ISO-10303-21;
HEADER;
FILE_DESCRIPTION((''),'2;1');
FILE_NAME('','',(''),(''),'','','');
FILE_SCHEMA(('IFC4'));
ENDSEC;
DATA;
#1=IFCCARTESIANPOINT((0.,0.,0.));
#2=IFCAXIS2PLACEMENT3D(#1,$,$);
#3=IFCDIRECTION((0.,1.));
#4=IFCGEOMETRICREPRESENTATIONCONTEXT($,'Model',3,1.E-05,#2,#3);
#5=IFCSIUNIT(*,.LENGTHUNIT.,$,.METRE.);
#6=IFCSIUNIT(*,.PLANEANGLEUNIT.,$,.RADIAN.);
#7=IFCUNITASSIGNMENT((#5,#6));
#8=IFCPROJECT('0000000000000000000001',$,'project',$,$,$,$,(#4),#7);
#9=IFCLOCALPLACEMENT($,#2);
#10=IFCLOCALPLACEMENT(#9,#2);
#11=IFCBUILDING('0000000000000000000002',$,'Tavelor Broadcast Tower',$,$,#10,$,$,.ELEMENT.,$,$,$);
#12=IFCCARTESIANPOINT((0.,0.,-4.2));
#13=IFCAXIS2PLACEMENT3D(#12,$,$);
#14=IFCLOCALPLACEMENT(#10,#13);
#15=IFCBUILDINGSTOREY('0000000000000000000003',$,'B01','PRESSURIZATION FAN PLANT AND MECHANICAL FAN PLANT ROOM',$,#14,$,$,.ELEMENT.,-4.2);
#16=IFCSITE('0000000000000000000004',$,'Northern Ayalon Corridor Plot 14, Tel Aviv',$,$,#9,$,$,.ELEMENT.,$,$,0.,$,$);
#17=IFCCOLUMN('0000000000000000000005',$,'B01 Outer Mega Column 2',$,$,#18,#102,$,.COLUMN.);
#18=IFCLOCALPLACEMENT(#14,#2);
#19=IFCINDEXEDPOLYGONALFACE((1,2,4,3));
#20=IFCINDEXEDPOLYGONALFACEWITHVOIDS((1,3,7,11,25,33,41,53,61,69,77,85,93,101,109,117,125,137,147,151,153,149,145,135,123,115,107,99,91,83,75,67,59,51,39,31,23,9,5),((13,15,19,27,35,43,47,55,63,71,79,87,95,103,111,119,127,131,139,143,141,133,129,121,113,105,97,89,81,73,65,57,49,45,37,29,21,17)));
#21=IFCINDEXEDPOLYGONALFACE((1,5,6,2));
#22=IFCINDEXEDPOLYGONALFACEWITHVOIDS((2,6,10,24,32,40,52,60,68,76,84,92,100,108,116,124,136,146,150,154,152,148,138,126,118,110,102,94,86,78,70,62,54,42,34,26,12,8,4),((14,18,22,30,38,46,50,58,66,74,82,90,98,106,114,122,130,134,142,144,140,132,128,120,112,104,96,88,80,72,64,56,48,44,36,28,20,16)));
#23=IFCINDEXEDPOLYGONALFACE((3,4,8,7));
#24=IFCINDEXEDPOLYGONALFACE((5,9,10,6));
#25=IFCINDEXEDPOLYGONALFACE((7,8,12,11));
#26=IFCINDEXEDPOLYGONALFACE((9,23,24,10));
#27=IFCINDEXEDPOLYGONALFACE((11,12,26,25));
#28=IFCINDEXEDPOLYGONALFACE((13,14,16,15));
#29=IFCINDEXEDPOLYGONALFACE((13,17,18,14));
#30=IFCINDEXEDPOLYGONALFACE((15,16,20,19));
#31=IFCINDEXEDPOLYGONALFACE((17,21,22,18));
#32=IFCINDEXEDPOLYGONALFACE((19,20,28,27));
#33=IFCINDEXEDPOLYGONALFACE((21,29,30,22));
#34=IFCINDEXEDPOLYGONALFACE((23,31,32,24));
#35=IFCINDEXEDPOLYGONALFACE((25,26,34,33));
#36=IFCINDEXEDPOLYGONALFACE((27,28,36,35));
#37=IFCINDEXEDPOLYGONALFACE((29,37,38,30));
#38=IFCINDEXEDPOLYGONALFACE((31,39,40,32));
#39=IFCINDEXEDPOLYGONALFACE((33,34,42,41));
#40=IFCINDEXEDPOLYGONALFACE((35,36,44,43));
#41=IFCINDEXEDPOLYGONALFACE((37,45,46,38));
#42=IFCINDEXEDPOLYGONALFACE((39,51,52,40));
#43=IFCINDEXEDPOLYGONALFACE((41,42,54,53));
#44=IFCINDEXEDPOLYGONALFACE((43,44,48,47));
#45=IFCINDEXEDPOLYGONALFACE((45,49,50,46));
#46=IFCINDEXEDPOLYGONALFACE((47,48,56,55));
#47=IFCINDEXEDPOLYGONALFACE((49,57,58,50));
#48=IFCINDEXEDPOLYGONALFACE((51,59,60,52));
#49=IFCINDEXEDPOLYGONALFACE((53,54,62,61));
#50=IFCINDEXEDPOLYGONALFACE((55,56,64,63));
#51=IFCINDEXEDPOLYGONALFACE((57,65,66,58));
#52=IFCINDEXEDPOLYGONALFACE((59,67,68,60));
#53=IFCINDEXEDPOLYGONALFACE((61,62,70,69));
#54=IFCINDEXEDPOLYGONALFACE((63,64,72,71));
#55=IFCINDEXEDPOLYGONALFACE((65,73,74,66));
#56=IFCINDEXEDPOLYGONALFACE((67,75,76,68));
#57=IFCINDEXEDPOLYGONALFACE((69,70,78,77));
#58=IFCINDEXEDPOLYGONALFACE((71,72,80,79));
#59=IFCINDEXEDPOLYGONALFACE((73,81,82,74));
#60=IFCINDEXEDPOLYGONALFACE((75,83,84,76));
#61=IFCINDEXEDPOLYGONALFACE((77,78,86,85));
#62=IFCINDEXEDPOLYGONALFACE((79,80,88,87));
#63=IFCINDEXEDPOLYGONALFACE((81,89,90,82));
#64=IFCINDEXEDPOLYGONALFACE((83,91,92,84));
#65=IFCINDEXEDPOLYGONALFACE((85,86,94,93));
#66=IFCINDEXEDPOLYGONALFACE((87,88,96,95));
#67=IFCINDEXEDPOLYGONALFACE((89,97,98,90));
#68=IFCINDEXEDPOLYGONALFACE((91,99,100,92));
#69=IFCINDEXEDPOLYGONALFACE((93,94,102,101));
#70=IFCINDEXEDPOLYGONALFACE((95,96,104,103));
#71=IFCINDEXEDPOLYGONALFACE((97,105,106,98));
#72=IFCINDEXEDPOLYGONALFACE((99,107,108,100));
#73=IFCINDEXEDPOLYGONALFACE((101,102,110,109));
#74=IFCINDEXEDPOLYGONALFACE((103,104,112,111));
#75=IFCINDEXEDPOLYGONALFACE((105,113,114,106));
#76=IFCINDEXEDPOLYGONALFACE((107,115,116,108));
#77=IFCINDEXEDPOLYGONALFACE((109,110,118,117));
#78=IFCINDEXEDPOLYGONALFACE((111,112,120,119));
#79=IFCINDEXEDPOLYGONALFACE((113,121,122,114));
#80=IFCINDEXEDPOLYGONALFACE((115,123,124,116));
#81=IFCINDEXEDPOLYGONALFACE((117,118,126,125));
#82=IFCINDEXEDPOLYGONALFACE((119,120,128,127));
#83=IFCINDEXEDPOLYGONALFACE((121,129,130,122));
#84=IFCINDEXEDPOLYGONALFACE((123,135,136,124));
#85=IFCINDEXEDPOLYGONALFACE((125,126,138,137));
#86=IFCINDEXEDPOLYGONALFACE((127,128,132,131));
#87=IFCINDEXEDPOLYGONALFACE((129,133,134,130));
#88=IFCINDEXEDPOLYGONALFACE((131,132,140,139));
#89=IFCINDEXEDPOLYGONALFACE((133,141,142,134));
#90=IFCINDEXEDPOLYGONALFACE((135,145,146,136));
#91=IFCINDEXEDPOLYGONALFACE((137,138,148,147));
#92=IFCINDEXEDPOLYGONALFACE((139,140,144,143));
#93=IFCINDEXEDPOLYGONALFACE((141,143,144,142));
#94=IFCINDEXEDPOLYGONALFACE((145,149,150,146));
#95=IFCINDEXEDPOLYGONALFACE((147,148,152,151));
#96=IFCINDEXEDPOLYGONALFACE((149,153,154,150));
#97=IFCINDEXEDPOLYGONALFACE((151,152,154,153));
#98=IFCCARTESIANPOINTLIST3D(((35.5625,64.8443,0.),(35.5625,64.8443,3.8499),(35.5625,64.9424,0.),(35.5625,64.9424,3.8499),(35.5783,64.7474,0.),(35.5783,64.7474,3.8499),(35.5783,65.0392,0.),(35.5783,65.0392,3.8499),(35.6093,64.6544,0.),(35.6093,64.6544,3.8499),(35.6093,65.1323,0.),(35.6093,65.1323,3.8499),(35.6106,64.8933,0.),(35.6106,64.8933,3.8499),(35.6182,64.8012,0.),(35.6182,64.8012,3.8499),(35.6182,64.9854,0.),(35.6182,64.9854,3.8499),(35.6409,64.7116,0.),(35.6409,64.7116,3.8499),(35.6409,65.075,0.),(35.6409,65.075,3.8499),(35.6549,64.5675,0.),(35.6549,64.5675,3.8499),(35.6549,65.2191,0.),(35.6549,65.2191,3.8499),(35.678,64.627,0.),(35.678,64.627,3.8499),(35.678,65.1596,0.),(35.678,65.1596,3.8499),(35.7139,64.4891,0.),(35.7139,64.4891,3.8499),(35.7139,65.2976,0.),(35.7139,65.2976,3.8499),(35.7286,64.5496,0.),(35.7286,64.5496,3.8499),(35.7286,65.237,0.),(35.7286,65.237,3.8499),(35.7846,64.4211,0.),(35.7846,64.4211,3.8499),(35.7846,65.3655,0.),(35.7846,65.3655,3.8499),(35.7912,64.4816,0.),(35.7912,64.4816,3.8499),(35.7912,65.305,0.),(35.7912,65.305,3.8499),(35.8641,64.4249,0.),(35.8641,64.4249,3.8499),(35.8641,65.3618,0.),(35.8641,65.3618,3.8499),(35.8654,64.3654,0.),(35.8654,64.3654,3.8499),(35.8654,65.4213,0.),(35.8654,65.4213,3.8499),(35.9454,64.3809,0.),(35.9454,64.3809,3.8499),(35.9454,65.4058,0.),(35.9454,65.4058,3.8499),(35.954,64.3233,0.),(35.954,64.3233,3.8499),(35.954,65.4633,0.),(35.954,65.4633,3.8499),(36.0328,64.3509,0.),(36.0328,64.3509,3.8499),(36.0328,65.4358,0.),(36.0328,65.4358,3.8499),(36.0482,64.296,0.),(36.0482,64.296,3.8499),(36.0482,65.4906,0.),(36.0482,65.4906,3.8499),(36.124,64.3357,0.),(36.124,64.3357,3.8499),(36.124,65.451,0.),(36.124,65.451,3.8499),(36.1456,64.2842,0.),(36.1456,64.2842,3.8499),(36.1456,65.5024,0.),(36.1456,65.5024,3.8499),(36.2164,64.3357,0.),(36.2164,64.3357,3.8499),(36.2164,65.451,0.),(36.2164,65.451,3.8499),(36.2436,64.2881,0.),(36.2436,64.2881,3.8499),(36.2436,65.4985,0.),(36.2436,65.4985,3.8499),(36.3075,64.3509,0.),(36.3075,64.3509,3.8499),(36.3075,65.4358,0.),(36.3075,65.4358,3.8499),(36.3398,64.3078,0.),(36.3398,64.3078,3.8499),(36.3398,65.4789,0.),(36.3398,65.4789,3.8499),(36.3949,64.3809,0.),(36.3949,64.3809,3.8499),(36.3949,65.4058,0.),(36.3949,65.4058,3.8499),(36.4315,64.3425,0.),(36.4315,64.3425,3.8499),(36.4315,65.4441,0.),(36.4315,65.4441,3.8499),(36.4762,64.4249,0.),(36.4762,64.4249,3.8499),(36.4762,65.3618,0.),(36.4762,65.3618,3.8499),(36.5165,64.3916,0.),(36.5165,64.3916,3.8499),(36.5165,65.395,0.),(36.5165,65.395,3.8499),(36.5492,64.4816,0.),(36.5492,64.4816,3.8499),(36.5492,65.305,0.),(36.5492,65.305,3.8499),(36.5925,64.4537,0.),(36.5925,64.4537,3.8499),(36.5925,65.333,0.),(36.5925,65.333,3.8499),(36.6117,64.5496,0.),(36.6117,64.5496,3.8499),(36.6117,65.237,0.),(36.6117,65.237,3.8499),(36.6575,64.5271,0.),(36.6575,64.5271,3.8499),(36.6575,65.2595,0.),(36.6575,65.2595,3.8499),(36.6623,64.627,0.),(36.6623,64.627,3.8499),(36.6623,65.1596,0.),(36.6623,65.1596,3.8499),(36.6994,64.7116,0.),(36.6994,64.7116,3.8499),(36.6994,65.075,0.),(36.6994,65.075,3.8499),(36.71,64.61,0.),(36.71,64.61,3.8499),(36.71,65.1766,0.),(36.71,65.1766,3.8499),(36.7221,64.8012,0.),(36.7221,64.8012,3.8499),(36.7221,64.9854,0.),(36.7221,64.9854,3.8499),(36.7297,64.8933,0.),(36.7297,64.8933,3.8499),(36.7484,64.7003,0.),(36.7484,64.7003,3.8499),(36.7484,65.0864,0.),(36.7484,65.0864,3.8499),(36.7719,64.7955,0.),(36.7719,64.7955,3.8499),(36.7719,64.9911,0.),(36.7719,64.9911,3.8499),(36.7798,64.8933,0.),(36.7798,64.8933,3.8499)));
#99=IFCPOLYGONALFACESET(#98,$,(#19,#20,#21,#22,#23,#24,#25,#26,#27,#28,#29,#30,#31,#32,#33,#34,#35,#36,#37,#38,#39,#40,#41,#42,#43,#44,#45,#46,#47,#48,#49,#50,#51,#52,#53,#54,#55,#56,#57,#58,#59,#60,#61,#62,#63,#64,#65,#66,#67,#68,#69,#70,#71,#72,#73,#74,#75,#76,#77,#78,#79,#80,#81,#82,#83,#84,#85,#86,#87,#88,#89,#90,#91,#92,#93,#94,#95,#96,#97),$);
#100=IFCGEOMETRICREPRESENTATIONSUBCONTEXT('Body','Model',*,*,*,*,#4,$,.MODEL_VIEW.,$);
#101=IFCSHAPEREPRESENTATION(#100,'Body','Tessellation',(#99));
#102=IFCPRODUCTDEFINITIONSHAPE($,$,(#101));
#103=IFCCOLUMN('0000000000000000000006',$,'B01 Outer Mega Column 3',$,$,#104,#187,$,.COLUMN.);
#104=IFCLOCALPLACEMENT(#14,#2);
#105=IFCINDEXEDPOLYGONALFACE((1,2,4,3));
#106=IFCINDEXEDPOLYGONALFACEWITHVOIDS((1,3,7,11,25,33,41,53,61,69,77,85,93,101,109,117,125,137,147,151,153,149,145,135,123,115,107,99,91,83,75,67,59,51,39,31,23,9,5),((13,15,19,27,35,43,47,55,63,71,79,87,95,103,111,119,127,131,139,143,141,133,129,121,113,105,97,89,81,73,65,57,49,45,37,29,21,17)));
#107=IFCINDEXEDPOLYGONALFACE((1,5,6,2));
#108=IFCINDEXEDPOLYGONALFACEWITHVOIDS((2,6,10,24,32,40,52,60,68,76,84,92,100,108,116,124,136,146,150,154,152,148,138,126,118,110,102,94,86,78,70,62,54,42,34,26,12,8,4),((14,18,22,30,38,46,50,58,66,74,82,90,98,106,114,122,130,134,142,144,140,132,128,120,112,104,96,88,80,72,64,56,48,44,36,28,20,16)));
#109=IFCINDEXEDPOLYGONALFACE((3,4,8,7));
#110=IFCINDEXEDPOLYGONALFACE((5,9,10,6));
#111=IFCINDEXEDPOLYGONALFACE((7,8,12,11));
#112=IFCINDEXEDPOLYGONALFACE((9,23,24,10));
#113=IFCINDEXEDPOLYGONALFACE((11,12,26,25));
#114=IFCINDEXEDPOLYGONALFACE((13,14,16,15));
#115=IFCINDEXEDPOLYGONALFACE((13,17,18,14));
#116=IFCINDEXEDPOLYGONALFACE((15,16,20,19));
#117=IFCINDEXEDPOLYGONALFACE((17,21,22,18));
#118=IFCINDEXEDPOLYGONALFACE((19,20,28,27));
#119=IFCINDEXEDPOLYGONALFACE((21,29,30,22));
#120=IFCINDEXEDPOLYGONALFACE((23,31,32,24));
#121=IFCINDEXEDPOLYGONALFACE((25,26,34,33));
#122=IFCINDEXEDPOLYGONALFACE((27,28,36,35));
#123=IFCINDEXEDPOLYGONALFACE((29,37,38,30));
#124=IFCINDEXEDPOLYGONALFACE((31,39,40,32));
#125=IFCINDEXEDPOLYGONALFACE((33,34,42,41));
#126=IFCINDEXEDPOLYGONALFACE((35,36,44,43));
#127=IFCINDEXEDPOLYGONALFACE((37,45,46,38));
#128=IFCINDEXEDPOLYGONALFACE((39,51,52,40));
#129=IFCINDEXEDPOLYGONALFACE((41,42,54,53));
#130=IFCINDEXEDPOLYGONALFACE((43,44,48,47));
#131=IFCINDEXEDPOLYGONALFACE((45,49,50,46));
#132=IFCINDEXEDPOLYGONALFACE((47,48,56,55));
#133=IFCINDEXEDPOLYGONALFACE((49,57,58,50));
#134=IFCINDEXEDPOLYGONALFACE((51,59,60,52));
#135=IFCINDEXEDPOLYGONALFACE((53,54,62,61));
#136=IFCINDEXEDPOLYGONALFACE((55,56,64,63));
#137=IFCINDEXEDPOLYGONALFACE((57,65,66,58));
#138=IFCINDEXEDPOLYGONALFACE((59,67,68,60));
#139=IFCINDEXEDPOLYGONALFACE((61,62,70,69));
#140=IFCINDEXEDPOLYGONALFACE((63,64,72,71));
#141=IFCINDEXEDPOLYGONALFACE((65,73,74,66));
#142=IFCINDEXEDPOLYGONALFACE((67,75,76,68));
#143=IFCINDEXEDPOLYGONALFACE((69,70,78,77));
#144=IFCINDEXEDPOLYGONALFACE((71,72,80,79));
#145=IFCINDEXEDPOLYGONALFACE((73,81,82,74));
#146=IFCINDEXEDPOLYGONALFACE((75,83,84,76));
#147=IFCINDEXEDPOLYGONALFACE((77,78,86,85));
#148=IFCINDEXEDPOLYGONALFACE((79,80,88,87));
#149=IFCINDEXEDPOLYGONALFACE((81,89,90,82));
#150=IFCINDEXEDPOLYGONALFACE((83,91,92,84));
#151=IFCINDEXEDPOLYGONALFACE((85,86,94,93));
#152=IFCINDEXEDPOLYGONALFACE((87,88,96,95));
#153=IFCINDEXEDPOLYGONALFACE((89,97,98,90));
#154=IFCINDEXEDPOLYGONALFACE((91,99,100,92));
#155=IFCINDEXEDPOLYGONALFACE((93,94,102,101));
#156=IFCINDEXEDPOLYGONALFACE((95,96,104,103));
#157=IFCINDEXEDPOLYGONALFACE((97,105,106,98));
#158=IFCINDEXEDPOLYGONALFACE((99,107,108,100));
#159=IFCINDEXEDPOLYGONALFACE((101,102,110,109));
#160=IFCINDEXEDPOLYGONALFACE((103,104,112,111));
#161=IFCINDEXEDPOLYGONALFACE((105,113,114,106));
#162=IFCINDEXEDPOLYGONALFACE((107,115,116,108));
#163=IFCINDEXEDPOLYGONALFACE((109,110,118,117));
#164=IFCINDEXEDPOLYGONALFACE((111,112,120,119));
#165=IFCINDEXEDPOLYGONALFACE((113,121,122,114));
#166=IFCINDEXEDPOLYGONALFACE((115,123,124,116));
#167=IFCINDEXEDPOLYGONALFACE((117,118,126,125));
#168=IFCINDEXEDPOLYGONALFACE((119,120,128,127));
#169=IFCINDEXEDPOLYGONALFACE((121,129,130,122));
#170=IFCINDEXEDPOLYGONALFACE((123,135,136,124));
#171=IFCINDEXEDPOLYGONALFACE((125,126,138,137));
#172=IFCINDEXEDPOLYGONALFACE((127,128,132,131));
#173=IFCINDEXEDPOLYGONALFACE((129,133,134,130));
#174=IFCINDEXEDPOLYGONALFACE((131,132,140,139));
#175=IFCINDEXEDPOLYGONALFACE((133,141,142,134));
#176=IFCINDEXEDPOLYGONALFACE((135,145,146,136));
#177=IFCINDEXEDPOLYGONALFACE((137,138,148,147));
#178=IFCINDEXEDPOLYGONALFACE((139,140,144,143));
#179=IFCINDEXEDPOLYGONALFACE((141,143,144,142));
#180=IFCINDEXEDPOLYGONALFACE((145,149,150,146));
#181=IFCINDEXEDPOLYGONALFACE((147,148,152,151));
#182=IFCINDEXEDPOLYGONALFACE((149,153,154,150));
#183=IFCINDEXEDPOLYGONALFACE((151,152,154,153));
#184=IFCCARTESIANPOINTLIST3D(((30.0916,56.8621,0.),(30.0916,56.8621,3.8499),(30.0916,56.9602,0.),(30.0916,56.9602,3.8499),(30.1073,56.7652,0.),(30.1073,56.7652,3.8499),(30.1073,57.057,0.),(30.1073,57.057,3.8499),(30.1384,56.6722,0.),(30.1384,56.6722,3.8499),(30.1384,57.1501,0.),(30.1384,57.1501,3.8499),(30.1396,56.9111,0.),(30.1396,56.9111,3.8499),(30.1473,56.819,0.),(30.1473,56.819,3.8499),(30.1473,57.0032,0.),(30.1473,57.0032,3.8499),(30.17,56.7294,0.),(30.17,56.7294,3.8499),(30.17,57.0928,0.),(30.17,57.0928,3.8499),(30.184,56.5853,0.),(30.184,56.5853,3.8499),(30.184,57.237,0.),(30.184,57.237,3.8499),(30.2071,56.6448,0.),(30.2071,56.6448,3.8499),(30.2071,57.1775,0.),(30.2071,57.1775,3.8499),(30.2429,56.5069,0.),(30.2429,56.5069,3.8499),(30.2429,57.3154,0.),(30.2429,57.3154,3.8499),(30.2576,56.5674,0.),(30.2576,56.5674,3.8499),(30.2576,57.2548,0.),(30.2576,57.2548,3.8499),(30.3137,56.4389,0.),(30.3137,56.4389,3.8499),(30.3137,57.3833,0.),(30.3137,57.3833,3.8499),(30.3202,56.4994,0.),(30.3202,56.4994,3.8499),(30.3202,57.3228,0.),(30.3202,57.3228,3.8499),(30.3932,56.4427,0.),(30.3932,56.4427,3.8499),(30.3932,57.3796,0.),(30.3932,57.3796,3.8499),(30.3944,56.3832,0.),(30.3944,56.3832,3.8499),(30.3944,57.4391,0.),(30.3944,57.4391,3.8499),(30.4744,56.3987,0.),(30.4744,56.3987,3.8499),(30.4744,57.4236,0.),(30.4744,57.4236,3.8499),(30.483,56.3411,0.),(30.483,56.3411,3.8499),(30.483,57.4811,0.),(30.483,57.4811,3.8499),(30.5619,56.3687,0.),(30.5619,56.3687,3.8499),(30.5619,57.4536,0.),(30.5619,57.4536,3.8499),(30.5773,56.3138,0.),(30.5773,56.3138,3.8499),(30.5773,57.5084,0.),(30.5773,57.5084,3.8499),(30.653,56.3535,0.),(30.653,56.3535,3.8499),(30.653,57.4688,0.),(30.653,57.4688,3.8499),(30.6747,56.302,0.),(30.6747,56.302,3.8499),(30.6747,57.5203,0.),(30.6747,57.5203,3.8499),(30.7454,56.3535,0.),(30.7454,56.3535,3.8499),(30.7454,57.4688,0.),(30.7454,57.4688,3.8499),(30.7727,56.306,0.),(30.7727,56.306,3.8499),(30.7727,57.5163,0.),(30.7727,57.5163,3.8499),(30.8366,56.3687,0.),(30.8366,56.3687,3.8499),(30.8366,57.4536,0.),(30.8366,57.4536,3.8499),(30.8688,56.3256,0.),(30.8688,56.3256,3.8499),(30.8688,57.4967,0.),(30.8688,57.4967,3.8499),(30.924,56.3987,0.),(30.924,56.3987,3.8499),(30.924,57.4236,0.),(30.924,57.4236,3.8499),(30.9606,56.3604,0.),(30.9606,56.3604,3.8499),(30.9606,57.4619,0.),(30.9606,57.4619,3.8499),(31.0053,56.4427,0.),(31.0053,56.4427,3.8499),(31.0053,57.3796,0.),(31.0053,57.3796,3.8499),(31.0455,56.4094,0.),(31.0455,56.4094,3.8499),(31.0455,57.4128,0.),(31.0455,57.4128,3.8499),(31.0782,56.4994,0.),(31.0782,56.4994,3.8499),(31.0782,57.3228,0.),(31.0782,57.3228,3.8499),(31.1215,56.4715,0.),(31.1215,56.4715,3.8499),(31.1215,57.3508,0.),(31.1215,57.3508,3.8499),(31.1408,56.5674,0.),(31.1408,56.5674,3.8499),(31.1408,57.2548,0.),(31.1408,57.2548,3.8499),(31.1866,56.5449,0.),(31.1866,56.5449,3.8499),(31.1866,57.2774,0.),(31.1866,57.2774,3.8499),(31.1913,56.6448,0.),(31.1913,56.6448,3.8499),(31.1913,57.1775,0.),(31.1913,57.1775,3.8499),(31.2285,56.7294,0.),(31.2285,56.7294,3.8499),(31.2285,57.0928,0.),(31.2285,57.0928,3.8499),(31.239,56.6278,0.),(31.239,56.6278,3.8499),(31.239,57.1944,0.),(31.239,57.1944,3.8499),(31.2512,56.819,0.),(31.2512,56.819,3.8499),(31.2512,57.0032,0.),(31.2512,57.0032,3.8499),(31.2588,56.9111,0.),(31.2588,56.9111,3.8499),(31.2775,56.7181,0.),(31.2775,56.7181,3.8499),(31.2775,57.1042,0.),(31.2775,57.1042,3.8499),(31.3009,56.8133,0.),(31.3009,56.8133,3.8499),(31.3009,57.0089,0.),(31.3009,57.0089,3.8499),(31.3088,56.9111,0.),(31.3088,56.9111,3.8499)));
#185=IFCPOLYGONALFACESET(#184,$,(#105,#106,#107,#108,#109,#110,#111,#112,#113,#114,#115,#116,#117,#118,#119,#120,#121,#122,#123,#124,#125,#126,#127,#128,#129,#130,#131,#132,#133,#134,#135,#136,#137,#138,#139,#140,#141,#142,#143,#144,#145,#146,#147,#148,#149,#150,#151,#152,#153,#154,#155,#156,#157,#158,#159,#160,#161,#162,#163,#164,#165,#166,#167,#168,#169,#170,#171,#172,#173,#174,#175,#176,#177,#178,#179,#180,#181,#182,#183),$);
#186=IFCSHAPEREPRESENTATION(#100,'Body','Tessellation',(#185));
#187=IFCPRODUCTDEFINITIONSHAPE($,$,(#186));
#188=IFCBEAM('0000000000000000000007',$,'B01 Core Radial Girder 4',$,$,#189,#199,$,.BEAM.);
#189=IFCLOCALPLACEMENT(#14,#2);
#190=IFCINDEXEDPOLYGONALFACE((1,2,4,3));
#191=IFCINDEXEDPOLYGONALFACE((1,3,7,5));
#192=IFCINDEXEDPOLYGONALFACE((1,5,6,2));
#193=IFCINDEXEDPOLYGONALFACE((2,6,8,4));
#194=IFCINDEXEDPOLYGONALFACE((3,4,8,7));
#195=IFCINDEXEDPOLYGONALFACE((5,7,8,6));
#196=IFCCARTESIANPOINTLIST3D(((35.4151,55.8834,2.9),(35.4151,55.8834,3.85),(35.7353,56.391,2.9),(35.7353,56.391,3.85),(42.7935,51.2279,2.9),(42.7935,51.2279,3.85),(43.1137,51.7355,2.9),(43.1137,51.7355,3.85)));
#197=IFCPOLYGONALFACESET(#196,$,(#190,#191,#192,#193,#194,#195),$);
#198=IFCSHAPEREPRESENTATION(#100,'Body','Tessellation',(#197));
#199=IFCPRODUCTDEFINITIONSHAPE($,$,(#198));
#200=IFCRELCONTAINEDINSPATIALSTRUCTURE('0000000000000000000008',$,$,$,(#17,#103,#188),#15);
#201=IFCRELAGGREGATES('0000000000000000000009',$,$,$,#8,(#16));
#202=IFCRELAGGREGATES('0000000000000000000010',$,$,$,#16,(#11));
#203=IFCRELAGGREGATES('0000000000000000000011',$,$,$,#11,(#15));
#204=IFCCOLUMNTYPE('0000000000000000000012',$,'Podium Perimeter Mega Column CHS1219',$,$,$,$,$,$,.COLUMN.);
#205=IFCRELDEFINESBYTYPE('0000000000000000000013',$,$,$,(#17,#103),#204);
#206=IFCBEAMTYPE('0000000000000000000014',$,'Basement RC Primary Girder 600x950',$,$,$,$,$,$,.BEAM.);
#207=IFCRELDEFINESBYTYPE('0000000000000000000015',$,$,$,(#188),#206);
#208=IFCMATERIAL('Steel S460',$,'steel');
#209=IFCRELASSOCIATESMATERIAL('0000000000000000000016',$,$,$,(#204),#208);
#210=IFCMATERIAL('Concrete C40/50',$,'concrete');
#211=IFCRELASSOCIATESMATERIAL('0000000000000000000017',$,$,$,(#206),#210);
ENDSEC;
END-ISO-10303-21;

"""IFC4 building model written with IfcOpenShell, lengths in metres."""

from ifc_helpers import new_model, si_unit, direction, frame, origin, origin_2d, place, context, subcontext, project, spatial, rectangle, hollow_circle, extrude, material, material_profile, profile_set, type_object, element, save


model = new_model("IFC4")

# Units and contexts
model_context = context("Model", 3, precision=1e-05, world=origin(), true_north=direction((0.0, 1.0)))
body_context = subcontext(model_context, "Body", "Model", "MODEL_VIEW")
ifc_project = project(units=[si_unit("LENGTHUNIT", "METRE"), si_unit("PLANEANGLEUNIT", "RADIAN")], contexts=[model_context])

# Site, building, storey
site_placement = place(None, origin())
site = spatial("IfcSite", under=ifc_project, at=site_placement, Name="Northern Ayalon Corridor Plot 14, Tel Aviv", CompositionType="ELEMENT", RefElevation=0.0)
building_placement = place(site_placement, origin())
building = spatial("IfcBuilding", under=site, at=building_placement, Name="Tavelor Broadcast Tower", CompositionType="ELEMENT")
storey_placement = place(building_placement, frame((0.0, 0.0, -4.2)))
storey = spatial("IfcBuildingStorey", under=building, at=storey_placement, Name="B01", Description="PRESSURIZATION FAN PLANT AND MECHANICAL FAN PLANT ROOM", CompositionType="ELEMENT", Elevation=-4.2)

# Columns
ifc_material_1 = material(Name="Concrete C40/50", Category="concrete")
ifc_material_2 = material(Name="Steel S460", Category="steel")
ifc_material_profile_1 = material_profile(ifc_material_2, hollow_circle(Radius=0.6096, WallThickness=0.05, at=origin_2d()), Name="CHS 1219x50")
ifc_profile_set_1 = profile_set([ifc_material_profile_1], Name="Steel S460")
column_type_1 = type_object("IfcColumnType", Name="Podium Perimeter Mega Column CHS1219", PredefinedType="COLUMN", material=ifc_profile_set_1)
for number, where, z_axis, x_axis, name in (
    (1, (36.1702, 64.8933, 0.0), (0.0, 0.0, 1.0), (1.0, 0.0, 0.0), "B01 Outer Mega Column 2"),
    (2, (30.6992, 56.9111, 0.0), (0.0, 0.0, 1.0), (1.0, 0.0, 0.0), "B01 Outer Mega Column 3"),
):
    element("IfcColumn", number, at=place(storey_placement, frame(where, z_axis=z_axis, x_axis=x_axis)), inside=storey, type_object=column_type_1, Name=name, PredefinedType="COLUMN", context=body_context, shape_type="SweptSolid", body=[
        extrude(hollow_circle(Radius=0.6096, WallThickness=0.05, at=origin_2d()), origin(), (0.0, 0.0, 1.0), 3.8499),
    ])

# Beam
ifc_material_profile_2 = material_profile(ifc_material_1, rectangle(XDim=0.6001, YDim=0.95, at=origin_2d()), Name="RC 600x950")
ifc_profile_set_2 = profile_set([ifc_material_profile_2], Name="Concrete C40/50")
beam_type_1 = type_object("IfcBeamType", Name="Basement RC Primary Girder 600x950", PredefinedType="BEAM", material=ifc_profile_set_2)
beam_1_placement = place(storey_placement, frame((35.5752, 56.1372, 3.375), z_axis=(0.845724, -0.533621, 0.0), x_axis=(0.533621, 0.845724, 0.0)))
element("IfcBeam", 3, at=beam_1_placement, inside=storey, type_object=beam_type_1, Name="B01 Core Radial Girder 4", PredefinedType="BEAM", context=body_context, shape_type="SweptSolid", body=[
    extrude(rectangle(XDim=0.6001, YDim=0.95, at=origin_2d()), origin(), (0.0, 0.0, 1.0), 8.7244),
])

save(model, "model.ifc")
